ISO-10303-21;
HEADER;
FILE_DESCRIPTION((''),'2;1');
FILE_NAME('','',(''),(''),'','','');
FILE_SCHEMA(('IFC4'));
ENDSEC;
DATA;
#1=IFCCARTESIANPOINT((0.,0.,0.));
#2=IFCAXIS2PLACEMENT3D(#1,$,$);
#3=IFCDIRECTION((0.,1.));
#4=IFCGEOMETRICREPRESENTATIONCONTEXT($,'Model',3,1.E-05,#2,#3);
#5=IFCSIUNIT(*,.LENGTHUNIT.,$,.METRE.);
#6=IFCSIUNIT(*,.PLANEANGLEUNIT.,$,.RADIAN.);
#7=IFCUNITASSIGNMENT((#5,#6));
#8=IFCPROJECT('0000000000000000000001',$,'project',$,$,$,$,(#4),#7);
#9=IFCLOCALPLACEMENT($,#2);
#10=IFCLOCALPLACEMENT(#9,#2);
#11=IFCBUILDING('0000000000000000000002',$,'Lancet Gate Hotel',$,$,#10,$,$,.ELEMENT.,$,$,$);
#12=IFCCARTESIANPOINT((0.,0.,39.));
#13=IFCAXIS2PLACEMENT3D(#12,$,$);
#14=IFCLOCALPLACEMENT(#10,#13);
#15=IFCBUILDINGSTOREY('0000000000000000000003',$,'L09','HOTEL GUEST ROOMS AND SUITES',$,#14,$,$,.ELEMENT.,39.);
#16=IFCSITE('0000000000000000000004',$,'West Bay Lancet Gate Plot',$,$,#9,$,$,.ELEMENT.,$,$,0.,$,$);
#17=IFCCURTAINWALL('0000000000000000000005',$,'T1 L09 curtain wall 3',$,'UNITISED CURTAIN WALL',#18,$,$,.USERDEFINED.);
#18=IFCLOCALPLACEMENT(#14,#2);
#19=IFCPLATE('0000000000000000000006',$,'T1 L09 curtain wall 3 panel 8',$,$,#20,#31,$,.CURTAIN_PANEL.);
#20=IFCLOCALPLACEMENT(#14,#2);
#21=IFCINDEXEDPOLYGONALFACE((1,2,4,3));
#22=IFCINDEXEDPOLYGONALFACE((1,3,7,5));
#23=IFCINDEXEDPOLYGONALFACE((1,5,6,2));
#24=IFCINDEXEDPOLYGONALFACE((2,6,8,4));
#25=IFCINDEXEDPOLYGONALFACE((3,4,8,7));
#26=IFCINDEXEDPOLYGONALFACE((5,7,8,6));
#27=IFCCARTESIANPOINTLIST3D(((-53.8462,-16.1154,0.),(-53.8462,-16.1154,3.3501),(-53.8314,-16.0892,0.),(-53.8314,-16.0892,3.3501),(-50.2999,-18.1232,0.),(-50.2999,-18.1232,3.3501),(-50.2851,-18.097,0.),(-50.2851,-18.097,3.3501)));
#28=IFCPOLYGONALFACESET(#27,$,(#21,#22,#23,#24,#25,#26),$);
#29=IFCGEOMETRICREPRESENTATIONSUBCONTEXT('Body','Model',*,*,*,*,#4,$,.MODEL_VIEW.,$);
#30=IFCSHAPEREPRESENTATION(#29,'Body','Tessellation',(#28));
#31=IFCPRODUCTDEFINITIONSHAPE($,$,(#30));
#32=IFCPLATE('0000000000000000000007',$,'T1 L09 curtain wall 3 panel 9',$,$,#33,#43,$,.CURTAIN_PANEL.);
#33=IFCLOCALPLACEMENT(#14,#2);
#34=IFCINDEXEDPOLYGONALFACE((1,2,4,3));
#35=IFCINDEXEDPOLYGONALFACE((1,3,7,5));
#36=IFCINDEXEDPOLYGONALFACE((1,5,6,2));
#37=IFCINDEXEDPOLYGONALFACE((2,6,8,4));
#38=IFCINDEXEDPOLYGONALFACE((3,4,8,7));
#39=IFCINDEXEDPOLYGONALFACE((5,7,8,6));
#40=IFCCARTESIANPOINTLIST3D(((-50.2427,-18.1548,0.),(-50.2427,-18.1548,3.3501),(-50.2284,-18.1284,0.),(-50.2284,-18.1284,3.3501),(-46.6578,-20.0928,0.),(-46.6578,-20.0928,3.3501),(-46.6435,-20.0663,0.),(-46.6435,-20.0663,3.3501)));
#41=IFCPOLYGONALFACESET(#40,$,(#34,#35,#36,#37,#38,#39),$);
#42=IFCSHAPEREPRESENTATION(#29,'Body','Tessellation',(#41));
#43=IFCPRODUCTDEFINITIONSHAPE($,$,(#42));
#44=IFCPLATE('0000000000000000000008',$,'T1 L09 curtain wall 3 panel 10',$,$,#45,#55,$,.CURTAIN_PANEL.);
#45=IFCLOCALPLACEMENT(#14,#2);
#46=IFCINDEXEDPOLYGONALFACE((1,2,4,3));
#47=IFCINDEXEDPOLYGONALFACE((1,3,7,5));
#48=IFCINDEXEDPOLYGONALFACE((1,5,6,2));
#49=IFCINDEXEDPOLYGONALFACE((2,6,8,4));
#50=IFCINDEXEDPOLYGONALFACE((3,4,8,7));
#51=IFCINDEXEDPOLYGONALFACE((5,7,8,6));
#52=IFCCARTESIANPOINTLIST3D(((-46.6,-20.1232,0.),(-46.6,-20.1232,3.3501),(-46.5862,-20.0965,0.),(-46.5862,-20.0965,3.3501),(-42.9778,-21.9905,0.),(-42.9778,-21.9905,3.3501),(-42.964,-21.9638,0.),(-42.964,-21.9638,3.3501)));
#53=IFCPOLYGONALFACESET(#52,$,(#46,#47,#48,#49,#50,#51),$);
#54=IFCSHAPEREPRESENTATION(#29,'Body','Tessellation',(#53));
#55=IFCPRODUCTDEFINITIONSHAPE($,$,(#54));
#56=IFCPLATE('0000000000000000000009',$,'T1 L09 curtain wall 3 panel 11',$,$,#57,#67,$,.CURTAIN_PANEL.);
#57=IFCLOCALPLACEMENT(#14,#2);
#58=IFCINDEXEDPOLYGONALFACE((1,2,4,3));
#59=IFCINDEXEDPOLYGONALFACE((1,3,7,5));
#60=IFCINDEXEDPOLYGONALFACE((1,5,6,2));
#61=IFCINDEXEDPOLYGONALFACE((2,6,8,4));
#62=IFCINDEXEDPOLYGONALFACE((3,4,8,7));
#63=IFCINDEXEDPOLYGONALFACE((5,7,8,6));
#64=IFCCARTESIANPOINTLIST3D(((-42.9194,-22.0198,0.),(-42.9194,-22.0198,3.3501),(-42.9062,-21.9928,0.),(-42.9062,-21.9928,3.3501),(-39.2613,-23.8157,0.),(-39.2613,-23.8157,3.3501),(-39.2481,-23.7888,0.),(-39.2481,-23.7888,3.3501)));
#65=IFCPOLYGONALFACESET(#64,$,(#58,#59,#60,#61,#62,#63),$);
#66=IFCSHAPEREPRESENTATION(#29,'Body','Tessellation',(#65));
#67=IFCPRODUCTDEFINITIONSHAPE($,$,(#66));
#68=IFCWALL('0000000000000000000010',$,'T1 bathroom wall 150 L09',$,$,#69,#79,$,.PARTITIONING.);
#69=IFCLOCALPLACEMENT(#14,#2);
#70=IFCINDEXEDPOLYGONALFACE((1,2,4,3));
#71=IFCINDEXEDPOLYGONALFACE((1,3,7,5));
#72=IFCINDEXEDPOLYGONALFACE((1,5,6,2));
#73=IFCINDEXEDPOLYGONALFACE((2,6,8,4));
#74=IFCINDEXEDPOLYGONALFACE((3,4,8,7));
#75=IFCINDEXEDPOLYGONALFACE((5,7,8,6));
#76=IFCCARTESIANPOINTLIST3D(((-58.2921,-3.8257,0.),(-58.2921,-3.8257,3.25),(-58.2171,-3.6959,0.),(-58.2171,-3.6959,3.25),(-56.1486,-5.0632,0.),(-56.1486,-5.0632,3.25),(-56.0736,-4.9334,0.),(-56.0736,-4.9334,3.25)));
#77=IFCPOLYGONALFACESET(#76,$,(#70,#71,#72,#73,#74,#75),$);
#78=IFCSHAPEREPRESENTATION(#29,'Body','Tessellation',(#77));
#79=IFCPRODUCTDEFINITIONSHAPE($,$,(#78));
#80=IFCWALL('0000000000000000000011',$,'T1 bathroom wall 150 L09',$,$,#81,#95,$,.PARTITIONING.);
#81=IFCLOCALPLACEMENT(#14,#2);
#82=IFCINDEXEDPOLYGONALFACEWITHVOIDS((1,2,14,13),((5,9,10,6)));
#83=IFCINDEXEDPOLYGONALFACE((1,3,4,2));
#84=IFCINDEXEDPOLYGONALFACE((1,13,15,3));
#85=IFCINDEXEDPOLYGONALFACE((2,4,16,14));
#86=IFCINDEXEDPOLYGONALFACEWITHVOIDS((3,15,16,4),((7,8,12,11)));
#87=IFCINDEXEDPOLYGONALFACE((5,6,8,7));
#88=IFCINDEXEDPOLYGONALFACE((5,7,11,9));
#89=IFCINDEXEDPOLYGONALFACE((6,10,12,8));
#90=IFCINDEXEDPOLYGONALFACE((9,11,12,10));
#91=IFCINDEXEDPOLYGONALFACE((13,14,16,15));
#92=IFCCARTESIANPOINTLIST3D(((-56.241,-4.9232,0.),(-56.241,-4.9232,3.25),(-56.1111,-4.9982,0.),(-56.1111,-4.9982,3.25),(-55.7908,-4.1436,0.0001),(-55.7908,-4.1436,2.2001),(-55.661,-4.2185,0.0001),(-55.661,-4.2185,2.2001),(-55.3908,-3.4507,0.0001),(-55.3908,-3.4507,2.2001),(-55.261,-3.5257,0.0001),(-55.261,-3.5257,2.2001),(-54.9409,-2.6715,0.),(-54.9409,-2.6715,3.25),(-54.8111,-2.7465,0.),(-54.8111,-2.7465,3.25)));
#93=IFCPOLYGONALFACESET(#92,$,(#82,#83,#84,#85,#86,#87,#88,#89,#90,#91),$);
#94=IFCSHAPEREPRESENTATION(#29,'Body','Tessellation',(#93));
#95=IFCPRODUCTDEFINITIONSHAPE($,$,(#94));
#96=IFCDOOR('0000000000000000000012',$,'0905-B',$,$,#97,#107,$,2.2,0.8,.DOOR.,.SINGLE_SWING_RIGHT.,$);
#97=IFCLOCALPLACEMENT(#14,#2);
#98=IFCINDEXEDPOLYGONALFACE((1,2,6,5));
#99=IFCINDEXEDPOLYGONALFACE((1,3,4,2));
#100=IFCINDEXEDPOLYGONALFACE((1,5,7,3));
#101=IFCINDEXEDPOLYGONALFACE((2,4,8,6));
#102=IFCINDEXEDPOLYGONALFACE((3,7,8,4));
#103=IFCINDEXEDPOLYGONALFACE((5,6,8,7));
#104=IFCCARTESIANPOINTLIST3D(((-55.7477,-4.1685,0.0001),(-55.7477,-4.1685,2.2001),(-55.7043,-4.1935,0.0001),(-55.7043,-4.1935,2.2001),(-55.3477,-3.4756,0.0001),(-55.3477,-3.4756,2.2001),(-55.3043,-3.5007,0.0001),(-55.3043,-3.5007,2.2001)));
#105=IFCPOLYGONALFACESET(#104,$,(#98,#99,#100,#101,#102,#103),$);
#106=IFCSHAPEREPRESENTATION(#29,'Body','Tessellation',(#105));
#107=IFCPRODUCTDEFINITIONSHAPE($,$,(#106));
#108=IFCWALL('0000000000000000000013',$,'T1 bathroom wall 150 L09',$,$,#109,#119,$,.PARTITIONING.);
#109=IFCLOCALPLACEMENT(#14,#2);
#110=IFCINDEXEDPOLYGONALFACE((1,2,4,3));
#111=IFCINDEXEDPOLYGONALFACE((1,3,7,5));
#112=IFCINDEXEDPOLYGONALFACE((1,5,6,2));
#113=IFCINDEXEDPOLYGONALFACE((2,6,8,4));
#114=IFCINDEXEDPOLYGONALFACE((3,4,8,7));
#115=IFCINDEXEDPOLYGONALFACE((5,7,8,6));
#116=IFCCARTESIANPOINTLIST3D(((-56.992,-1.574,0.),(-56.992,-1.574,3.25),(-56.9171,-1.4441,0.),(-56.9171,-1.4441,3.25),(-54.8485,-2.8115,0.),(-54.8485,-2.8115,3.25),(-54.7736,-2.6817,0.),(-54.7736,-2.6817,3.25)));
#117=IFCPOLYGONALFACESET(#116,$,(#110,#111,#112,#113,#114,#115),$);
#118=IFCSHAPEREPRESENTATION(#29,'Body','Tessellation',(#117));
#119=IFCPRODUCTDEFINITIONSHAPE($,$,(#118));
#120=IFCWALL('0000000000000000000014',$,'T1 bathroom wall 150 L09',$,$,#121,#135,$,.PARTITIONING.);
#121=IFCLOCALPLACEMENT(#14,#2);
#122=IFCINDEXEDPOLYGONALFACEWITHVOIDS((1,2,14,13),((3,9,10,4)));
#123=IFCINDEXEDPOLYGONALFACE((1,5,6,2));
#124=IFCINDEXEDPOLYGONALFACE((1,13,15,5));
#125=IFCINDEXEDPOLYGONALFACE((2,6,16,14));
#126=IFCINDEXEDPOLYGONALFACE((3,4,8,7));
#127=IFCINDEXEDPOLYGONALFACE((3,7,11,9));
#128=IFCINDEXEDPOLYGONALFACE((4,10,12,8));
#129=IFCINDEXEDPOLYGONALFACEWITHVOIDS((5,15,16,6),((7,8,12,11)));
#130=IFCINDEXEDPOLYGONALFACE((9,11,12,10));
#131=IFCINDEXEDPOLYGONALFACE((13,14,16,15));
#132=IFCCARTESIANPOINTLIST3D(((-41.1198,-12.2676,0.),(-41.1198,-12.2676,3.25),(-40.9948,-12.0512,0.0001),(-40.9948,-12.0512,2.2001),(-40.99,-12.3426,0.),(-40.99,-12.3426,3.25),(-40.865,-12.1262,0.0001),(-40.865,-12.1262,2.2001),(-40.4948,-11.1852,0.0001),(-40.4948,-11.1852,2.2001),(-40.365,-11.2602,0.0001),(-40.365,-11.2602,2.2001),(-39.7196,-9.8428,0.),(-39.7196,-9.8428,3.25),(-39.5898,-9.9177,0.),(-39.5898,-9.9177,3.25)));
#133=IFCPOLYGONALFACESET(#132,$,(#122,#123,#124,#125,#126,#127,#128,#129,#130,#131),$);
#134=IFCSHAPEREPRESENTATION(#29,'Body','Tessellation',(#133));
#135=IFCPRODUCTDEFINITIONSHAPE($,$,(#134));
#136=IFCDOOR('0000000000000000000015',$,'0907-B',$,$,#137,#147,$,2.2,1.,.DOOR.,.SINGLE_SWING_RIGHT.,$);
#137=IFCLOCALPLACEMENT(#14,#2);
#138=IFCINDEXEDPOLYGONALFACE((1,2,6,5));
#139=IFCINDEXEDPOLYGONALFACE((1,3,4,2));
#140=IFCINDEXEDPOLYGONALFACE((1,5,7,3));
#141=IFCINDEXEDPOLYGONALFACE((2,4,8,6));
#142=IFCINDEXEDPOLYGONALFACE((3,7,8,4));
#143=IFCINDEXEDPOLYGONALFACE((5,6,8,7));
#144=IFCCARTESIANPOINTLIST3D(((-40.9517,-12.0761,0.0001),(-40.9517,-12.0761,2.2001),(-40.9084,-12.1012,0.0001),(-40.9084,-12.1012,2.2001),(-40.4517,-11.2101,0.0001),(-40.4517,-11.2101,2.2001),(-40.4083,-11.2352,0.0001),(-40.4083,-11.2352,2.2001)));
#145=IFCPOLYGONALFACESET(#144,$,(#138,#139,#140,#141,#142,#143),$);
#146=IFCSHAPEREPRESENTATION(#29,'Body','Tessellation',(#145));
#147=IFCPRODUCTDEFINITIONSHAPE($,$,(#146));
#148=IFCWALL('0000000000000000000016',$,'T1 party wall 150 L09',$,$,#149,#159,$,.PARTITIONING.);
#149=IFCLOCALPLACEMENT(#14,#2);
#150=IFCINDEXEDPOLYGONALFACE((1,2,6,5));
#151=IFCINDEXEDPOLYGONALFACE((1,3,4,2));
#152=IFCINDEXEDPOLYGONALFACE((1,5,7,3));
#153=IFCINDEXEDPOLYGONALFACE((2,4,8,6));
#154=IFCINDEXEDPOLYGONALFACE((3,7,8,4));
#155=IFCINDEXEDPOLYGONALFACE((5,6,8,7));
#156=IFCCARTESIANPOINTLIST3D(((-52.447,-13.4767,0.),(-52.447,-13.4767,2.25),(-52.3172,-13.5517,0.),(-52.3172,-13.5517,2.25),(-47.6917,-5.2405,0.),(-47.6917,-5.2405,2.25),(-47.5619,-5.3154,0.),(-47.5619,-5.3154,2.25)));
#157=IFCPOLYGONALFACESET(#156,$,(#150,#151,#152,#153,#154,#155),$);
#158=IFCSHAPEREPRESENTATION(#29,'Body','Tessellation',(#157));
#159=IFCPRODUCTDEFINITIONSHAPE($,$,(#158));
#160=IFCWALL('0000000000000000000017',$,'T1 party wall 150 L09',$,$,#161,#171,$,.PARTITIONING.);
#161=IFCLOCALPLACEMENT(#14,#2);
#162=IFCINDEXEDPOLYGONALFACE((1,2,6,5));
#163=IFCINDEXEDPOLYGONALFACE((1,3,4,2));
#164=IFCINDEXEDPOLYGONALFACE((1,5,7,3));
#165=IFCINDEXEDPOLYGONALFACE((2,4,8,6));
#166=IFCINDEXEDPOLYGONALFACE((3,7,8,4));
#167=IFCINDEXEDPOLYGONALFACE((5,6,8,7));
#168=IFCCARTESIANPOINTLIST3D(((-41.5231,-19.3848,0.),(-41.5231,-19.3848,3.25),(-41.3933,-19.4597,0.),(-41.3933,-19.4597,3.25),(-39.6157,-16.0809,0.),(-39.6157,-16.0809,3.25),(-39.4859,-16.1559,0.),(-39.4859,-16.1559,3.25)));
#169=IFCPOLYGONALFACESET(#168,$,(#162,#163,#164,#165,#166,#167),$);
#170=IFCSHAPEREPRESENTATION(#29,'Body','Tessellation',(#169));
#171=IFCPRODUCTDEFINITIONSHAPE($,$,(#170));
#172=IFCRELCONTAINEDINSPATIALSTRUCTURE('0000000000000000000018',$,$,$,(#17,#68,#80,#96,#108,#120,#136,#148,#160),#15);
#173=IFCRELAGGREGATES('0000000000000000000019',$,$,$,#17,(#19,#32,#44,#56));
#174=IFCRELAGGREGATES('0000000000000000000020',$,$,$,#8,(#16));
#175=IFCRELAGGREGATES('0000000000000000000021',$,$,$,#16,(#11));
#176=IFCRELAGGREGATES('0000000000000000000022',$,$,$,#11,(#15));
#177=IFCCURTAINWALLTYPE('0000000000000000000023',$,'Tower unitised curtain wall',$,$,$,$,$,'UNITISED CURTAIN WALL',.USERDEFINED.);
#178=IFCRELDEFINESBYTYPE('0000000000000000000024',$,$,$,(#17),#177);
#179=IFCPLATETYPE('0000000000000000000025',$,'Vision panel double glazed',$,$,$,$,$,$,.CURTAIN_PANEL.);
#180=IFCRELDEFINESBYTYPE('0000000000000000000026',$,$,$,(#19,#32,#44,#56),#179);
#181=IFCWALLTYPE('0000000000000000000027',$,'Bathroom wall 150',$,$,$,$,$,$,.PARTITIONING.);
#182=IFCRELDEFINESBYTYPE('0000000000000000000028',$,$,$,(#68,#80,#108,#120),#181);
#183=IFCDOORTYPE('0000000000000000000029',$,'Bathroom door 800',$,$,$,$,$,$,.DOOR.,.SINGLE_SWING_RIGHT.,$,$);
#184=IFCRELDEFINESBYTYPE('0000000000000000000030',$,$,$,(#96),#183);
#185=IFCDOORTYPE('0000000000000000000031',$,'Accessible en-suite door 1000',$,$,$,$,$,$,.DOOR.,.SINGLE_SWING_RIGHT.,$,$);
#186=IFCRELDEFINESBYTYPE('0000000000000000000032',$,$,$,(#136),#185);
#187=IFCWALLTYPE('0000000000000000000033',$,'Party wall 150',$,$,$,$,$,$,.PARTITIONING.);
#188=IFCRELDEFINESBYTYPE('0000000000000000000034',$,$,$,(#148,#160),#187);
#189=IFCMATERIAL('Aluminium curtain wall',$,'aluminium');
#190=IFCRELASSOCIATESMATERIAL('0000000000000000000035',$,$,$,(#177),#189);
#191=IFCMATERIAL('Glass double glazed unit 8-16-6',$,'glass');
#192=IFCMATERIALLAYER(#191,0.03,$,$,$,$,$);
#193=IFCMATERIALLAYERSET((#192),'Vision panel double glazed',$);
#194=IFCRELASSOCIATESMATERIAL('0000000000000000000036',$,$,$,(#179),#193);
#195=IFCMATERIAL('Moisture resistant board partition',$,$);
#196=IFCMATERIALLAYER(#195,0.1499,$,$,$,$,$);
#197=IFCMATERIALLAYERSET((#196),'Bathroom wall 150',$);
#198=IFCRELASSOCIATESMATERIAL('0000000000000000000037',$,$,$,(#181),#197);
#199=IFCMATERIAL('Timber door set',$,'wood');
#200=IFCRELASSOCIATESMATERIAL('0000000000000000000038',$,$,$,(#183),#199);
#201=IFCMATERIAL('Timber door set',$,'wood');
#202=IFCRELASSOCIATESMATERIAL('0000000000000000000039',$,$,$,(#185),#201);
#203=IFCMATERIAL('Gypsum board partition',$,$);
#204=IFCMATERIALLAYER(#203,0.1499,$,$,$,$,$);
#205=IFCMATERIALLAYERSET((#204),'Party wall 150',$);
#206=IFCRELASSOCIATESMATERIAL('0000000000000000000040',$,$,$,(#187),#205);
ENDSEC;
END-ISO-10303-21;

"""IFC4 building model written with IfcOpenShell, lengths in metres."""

from ifc_helpers import new_model, si_unit, direction, frame, frame_2d, origin, origin_2d, place, context, subcontext, project, spatial, rectangle, extrude, material, layer, layer_set, type_object, element, fill, aggregate, save


model = new_model("IFC4")

# Units and contexts
model_context = context("Model", 3, precision=1e-05, world=origin(), true_north=direction((0.0, 1.0)))
body_context = subcontext(model_context, "Body", "Model", "MODEL_VIEW")
ifc_project = project(units=[si_unit("LENGTHUNIT", "METRE"), si_unit("PLANEANGLEUNIT", "RADIAN")], contexts=[model_context])

# Site, building, storey
site_placement = place(None, origin())
site = spatial("IfcSite", under=ifc_project, at=site_placement, Name="West Bay Lancet Gate Plot", CompositionType="ELEMENT", RefElevation=0.0)
building_placement = place(site_placement, origin())
building = spatial("IfcBuilding", under=site, at=building_placement, Name="Lancet Gate Hotel", CompositionType="ELEMENT")
storey_placement = place(building_placement, frame((0.0, 0.0, 39.0)))
storey = spatial("IfcBuildingStorey", under=building, at=storey_placement, Name="L09", Description="HOTEL GUEST ROOMS AND SUITES", CompositionType="ELEMENT", Elevation=39.0)

# Curtain wall
ifc_material_1 = material(Name="Aluminium curtain wall", Category="aluminium")
curtain_wall_type = type_object("IfcCurtainWallType", Name="Tower unitised curtain wall", ElementType="UNITISED CURTAIN WALL", PredefinedType="USERDEFINED", material=ifc_material_1)
curtain_wall_placement = place(storey_placement, origin())
curtain_wall = element("IfcCurtainWall", 1, at=curtain_wall_placement, inside=storey, type_object=curtain_wall_type, Name="T1 L09 curtain wall 3", ObjectType="UNITISED CURTAIN WALL", PredefinedType="USERDEFINED")

# Plates
ifc_material_2 = material(Name="Glass double glazed unit 8-16-6", Category="glass")
ifc_layer_1 = layer(ifc_material_2, 0.03)
ifc_layer_set_1 = layer_set([ifc_layer_1], Name="Vision panel double glazed")
plate_type = type_object("IfcPlateType", Name="Vision panel double glazed", PredefinedType="CURTAIN_PANEL", material=ifc_layer_set_1)
plate_1_placement = place(storey_placement, frame((-52.0657, -17.1062, 0.0), z_axis=(0.0, 0.0, 1.0), x_axis=(0.870205, -0.49269, 0.0)))
plate_1 = element("IfcPlate", 2, at=plate_1_placement, type_object=plate_type, Name="T1 L09 curtain wall 3 panel 8", PredefinedType="CURTAIN_PANEL", context=body_context, shape_type="SweptSolid", body=[
    extrude(rectangle(XDim=4.0752, YDim=0.03, at=origin_2d()), origin(), (0.0, 0.0, 1.0), 3.3501),
])
plate_2_placement = place(storey_placement, frame((-48.4431, -19.1106, 0.0), z_axis=(0.0, 0.0, 1.0), x_axis=(0.879693, -0.475541, 0.0)))
plate_2 = element("IfcPlate", 3, at=plate_2_placement, type_object=plate_type, Name="T1 L09 curtain wall 3 panel 9", PredefinedType="CURTAIN_PANEL", context=body_context, shape_type="SweptSolid", body=[
    extrude(rectangle(XDim=4.0752, YDim=0.03, at=origin_2d()), origin(), (0.0, 0.0, 1.0), 3.3501),
])
plate_3_placement = place(storey_placement, frame((-44.782, -21.0435, 0.0), z_axis=(0.0, 0.0, 1.0), x_axis=(0.888844, -0.45821, 0.0)))
plate_3 = element("IfcPlate", 4, at=plate_3_placement, type_object=plate_type, Name="T1 L09 curtain wall 3 panel 10", PredefinedType="CURTAIN_PANEL", context=body_context, shape_type="SweptSolid", body=[
    extrude(rectangle(XDim=4.0752, YDim=0.03, at=origin_2d()), origin(), (0.0, 0.0, 1.0), 3.3501),
])
plate_4_placement = place(storey_placement, frame((-41.0837, -22.9043, 0.0), z_axis=(0.0, 0.0, 1.0), x_axis=(0.897653, -0.440702, 0.0)))
plate_4 = element("IfcPlate", 5, at=plate_4_placement, type_object=plate_type, Name="T1 L09 curtain wall 3 panel 11", PredefinedType="CURTAIN_PANEL", context=body_context, shape_type="SweptSolid", body=[
    extrude(rectangle(XDim=4.0752, YDim=0.03, at=origin_2d()), origin(), (0.0, 0.0, 1.0), 3.3501),
])
aggregate(curtain_wall, [plate_1, plate_2, plate_3, plate_4])

# Wall
ifc_material_3 = material(Name="Moisture resistant board partition")
ifc_layer_2 = layer(ifc_material_3, 0.1499)
ifc_layer_set_2 = layer_set([ifc_layer_2], Name="Bathroom wall 150")
wall_type_1 = type_object("IfcWallType", Name="Bathroom wall 150", PredefinedType="PARTITIONING", material=ifc_layer_set_2)
wall_1_placement = place(storey_placement, frame((-56.1111, -4.9983, 0.0), z_axis=(0.0, 0.0, 1.0), x_axis=(-0.866031, 0.49999, 0.0)))
element("IfcWall", 6, at=wall_1_placement, inside=storey, type_object=wall_type_1, Name="T1 bathroom wall 150 L09", PredefinedType="PARTITIONING", context=body_context, shape_type="SweptSolid", body=[
    extrude(rectangle(XDim=2.4751, YDim=0.1499, at=frame_2d((1.2375, 0.0))), origin(), (0.0, 0.0, 1.0), 3.25),
])

# Wall, opening, door
wall_2_placement = place(storey_placement, frame((-54.876, -2.709, 0.0), z_axis=(0.0, 0.0, 1.0), x_axis=(-0.500007, -0.866021, 0.0)))
wall_2 = element("IfcWall", 7, at=wall_2_placement, inside=storey, type_object=wall_type_1, Name="T1 bathroom wall 150 L09", PredefinedType="PARTITIONING", context=body_context, shape_type="SweptSolid", body=[
    extrude(rectangle(XDim=2.6001, YDim=0.1499, at=frame_2d((1.3, 0.0))), origin(), (0.0, 0.0, 1.0), 3.25),
])
opening_1_placement = place(wall_2_placement, frame((0.8999, 0.0, 0.0)))
opening_1 = element("IfcOpeningElement", 8, at=opening_1_placement, cuts=wall_2, PredefinedType="OPENING", context=body_context, shape_type="SweptSolid", body=[
    extrude(rectangle(XDim=0.8, YDim=2.2, at=frame_2d((0.3999, 1.1001))), frame((0.0, 0.085, 0.0), z_axis=(0.0, -1.0, 0.0), x_axis=(1.0, 0.0, 0.0)), (0.0, 0.0, 1.0), 0.1699),
])
ifc_material_4 = material(Name="Timber door set", Category="wood")
door_type_1 = type_object("IfcDoorType", Name="Bathroom door 800", OperationType="SINGLE_SWING_RIGHT", PredefinedType="DOOR", material=ifc_material_4)
door_1_placement = place(opening_1_placement, origin())
door_1 = element("IfcDoor", 9, at=door_1_placement, inside=storey, type_object=door_type_1, Name="0905-B", OperationType="SINGLE_SWING_RIGHT", OverallHeight=2.2, OverallWidth=0.8, PredefinedType="DOOR", context=body_context, shape_type="SweptSolid", body=[
    extrude(rectangle(XDim=0.8, YDim=2.2, at=frame_2d((0.3999, 1.1001))), frame((0.0, 0.0249, 0.0), z_axis=(0.0, -1.0, 0.0), x_axis=(1.0, 0.0, 0.0)), (0.0, 0.0, 1.0), 0.05),
])
fill(opening_1, door_1)

# Wall
wall_3_placement = place(storey_placement, frame((-54.811, -2.7466, 0.0), z_axis=(0.0, 0.0, 1.0), x_axis=(-0.866031, 0.49999, 0.0)))
element("IfcWall", 10, at=wall_3_placement, inside=storey, type_object=wall_type_1, Name="T1 bathroom wall 150 L09", PredefinedType="PARTITIONING", context=body_context, shape_type="SweptSolid", body=[
    extrude(rectangle(XDim=2.4751, YDim=0.1499, at=frame_2d((1.2375, 0.0))), origin(), (0.0, 0.0, 1.0), 3.25),
])

# Wall, opening, door
wall_4_placement = place(storey_placement, frame((-39.6548, -9.8804, 0.0), z_axis=(0.0, 0.0, 1.0), x_axis=(-0.50005, -0.865997, 0.0)))
wall_4 = element("IfcWall", 11, at=wall_4_placement, inside=storey, type_object=wall_type_1, Name="T1 bathroom wall 150 L09", PredefinedType="PARTITIONING", context=body_context, shape_type="SweptSolid", body=[
    extrude(rectangle(XDim=2.8, YDim=0.1499, at=frame_2d((1.3999, 0.0))), origin(), (0.0, 0.0, 1.0), 3.25),
])
opening_2_placement = place(wall_4_placement, frame((1.55, 0.0, 0.0)))
opening_2 = element("IfcOpeningElement", 12, at=opening_2_placement, cuts=wall_4, PredefinedType="OPENING", context=body_context, shape_type="SweptSolid", body=[
    extrude(rectangle(XDim=1.0, YDim=2.2, at=frame_2d((0.5, 1.1001))), frame((0.0, 0.085, 0.0), z_axis=(0.0, -1.0, 0.0), x_axis=(1.0, 0.0, 0.0)), (0.0, 0.0, 1.0), 0.1699),
])
ifc_material_5 = material(Name="Timber door set", Category="wood")
door_type_2 = type_object("IfcDoorType", Name="Accessible en-suite door 1000", OperationType="SINGLE_SWING_RIGHT", PredefinedType="DOOR", material=ifc_material_5)
door_2_placement = place(opening_2_placement, origin())
door_2 = element("IfcDoor", 13, at=door_2_placement, inside=storey, type_object=door_type_2, Name="0907-B", OperationType="SINGLE_SWING_RIGHT", OverallHeight=2.2, OverallWidth=1.0, PredefinedType="DOOR", context=body_context, shape_type="SweptSolid", body=[
    extrude(rectangle(XDim=1.0, YDim=2.2, at=frame_2d((0.5, 1.1001))), frame((0.0, 0.0249, 0.0), z_axis=(0.0, -1.0, 0.0), x_axis=(1.0, 0.0, 0.0)), (0.0, 0.0, 1.0), 0.05),
])
fill(opening_2, door_2)

# Walls
ifc_material_6 = material(Name="Gypsum board partition")
ifc_layer_3 = layer(ifc_material_6, 0.1499)
ifc_layer_set_3 = layer_set([ifc_layer_3], Name="Party wall 150")
wall_type_2 = type_object("IfcWallType", Name="Party wall 150", PredefinedType="PARTITIONING", material=ifc_layer_set_3)
wall_5_placement = place(storey_placement, frame((-47.6267, -5.2778, 0.0), z_axis=(0.0, 0.0, 1.0), x_axis=(-0.50001, -0.86602, 0.0)))
element("IfcWall", 14, at=wall_5_placement, inside=storey, type_object=wall_type_2, Name="T1 party wall 150 L09", PredefinedType="PARTITIONING", context=body_context, shape_type="SweptSolid", body=[
    extrude(rectangle(XDim=9.5105, YDim=0.1499, at=frame_2d((4.7554, 0.0))), origin(), (0.0, 0.0, 1.0), 2.25),
])
wall_6_placement = place(storey_placement, frame((-39.5508, -16.1184, 0.0), z_axis=(0.0, 0.0, 1.0), x_axis=(-0.499987, -0.866033, 0.0)))
element("IfcWall", 15, at=wall_6_placement, inside=storey, type_object=wall_type_2, Name="T1 party wall 150 L09", PredefinedType="PARTITIONING", context=body_context, shape_type="SweptSolid", body=[
    extrude(rectangle(XDim=3.8149, YDim=0.1499, at=frame_2d((1.9075, 0.0))), origin(), (0.0, 0.0, 1.0), 3.25),
])

save(model, "model.ifc")
